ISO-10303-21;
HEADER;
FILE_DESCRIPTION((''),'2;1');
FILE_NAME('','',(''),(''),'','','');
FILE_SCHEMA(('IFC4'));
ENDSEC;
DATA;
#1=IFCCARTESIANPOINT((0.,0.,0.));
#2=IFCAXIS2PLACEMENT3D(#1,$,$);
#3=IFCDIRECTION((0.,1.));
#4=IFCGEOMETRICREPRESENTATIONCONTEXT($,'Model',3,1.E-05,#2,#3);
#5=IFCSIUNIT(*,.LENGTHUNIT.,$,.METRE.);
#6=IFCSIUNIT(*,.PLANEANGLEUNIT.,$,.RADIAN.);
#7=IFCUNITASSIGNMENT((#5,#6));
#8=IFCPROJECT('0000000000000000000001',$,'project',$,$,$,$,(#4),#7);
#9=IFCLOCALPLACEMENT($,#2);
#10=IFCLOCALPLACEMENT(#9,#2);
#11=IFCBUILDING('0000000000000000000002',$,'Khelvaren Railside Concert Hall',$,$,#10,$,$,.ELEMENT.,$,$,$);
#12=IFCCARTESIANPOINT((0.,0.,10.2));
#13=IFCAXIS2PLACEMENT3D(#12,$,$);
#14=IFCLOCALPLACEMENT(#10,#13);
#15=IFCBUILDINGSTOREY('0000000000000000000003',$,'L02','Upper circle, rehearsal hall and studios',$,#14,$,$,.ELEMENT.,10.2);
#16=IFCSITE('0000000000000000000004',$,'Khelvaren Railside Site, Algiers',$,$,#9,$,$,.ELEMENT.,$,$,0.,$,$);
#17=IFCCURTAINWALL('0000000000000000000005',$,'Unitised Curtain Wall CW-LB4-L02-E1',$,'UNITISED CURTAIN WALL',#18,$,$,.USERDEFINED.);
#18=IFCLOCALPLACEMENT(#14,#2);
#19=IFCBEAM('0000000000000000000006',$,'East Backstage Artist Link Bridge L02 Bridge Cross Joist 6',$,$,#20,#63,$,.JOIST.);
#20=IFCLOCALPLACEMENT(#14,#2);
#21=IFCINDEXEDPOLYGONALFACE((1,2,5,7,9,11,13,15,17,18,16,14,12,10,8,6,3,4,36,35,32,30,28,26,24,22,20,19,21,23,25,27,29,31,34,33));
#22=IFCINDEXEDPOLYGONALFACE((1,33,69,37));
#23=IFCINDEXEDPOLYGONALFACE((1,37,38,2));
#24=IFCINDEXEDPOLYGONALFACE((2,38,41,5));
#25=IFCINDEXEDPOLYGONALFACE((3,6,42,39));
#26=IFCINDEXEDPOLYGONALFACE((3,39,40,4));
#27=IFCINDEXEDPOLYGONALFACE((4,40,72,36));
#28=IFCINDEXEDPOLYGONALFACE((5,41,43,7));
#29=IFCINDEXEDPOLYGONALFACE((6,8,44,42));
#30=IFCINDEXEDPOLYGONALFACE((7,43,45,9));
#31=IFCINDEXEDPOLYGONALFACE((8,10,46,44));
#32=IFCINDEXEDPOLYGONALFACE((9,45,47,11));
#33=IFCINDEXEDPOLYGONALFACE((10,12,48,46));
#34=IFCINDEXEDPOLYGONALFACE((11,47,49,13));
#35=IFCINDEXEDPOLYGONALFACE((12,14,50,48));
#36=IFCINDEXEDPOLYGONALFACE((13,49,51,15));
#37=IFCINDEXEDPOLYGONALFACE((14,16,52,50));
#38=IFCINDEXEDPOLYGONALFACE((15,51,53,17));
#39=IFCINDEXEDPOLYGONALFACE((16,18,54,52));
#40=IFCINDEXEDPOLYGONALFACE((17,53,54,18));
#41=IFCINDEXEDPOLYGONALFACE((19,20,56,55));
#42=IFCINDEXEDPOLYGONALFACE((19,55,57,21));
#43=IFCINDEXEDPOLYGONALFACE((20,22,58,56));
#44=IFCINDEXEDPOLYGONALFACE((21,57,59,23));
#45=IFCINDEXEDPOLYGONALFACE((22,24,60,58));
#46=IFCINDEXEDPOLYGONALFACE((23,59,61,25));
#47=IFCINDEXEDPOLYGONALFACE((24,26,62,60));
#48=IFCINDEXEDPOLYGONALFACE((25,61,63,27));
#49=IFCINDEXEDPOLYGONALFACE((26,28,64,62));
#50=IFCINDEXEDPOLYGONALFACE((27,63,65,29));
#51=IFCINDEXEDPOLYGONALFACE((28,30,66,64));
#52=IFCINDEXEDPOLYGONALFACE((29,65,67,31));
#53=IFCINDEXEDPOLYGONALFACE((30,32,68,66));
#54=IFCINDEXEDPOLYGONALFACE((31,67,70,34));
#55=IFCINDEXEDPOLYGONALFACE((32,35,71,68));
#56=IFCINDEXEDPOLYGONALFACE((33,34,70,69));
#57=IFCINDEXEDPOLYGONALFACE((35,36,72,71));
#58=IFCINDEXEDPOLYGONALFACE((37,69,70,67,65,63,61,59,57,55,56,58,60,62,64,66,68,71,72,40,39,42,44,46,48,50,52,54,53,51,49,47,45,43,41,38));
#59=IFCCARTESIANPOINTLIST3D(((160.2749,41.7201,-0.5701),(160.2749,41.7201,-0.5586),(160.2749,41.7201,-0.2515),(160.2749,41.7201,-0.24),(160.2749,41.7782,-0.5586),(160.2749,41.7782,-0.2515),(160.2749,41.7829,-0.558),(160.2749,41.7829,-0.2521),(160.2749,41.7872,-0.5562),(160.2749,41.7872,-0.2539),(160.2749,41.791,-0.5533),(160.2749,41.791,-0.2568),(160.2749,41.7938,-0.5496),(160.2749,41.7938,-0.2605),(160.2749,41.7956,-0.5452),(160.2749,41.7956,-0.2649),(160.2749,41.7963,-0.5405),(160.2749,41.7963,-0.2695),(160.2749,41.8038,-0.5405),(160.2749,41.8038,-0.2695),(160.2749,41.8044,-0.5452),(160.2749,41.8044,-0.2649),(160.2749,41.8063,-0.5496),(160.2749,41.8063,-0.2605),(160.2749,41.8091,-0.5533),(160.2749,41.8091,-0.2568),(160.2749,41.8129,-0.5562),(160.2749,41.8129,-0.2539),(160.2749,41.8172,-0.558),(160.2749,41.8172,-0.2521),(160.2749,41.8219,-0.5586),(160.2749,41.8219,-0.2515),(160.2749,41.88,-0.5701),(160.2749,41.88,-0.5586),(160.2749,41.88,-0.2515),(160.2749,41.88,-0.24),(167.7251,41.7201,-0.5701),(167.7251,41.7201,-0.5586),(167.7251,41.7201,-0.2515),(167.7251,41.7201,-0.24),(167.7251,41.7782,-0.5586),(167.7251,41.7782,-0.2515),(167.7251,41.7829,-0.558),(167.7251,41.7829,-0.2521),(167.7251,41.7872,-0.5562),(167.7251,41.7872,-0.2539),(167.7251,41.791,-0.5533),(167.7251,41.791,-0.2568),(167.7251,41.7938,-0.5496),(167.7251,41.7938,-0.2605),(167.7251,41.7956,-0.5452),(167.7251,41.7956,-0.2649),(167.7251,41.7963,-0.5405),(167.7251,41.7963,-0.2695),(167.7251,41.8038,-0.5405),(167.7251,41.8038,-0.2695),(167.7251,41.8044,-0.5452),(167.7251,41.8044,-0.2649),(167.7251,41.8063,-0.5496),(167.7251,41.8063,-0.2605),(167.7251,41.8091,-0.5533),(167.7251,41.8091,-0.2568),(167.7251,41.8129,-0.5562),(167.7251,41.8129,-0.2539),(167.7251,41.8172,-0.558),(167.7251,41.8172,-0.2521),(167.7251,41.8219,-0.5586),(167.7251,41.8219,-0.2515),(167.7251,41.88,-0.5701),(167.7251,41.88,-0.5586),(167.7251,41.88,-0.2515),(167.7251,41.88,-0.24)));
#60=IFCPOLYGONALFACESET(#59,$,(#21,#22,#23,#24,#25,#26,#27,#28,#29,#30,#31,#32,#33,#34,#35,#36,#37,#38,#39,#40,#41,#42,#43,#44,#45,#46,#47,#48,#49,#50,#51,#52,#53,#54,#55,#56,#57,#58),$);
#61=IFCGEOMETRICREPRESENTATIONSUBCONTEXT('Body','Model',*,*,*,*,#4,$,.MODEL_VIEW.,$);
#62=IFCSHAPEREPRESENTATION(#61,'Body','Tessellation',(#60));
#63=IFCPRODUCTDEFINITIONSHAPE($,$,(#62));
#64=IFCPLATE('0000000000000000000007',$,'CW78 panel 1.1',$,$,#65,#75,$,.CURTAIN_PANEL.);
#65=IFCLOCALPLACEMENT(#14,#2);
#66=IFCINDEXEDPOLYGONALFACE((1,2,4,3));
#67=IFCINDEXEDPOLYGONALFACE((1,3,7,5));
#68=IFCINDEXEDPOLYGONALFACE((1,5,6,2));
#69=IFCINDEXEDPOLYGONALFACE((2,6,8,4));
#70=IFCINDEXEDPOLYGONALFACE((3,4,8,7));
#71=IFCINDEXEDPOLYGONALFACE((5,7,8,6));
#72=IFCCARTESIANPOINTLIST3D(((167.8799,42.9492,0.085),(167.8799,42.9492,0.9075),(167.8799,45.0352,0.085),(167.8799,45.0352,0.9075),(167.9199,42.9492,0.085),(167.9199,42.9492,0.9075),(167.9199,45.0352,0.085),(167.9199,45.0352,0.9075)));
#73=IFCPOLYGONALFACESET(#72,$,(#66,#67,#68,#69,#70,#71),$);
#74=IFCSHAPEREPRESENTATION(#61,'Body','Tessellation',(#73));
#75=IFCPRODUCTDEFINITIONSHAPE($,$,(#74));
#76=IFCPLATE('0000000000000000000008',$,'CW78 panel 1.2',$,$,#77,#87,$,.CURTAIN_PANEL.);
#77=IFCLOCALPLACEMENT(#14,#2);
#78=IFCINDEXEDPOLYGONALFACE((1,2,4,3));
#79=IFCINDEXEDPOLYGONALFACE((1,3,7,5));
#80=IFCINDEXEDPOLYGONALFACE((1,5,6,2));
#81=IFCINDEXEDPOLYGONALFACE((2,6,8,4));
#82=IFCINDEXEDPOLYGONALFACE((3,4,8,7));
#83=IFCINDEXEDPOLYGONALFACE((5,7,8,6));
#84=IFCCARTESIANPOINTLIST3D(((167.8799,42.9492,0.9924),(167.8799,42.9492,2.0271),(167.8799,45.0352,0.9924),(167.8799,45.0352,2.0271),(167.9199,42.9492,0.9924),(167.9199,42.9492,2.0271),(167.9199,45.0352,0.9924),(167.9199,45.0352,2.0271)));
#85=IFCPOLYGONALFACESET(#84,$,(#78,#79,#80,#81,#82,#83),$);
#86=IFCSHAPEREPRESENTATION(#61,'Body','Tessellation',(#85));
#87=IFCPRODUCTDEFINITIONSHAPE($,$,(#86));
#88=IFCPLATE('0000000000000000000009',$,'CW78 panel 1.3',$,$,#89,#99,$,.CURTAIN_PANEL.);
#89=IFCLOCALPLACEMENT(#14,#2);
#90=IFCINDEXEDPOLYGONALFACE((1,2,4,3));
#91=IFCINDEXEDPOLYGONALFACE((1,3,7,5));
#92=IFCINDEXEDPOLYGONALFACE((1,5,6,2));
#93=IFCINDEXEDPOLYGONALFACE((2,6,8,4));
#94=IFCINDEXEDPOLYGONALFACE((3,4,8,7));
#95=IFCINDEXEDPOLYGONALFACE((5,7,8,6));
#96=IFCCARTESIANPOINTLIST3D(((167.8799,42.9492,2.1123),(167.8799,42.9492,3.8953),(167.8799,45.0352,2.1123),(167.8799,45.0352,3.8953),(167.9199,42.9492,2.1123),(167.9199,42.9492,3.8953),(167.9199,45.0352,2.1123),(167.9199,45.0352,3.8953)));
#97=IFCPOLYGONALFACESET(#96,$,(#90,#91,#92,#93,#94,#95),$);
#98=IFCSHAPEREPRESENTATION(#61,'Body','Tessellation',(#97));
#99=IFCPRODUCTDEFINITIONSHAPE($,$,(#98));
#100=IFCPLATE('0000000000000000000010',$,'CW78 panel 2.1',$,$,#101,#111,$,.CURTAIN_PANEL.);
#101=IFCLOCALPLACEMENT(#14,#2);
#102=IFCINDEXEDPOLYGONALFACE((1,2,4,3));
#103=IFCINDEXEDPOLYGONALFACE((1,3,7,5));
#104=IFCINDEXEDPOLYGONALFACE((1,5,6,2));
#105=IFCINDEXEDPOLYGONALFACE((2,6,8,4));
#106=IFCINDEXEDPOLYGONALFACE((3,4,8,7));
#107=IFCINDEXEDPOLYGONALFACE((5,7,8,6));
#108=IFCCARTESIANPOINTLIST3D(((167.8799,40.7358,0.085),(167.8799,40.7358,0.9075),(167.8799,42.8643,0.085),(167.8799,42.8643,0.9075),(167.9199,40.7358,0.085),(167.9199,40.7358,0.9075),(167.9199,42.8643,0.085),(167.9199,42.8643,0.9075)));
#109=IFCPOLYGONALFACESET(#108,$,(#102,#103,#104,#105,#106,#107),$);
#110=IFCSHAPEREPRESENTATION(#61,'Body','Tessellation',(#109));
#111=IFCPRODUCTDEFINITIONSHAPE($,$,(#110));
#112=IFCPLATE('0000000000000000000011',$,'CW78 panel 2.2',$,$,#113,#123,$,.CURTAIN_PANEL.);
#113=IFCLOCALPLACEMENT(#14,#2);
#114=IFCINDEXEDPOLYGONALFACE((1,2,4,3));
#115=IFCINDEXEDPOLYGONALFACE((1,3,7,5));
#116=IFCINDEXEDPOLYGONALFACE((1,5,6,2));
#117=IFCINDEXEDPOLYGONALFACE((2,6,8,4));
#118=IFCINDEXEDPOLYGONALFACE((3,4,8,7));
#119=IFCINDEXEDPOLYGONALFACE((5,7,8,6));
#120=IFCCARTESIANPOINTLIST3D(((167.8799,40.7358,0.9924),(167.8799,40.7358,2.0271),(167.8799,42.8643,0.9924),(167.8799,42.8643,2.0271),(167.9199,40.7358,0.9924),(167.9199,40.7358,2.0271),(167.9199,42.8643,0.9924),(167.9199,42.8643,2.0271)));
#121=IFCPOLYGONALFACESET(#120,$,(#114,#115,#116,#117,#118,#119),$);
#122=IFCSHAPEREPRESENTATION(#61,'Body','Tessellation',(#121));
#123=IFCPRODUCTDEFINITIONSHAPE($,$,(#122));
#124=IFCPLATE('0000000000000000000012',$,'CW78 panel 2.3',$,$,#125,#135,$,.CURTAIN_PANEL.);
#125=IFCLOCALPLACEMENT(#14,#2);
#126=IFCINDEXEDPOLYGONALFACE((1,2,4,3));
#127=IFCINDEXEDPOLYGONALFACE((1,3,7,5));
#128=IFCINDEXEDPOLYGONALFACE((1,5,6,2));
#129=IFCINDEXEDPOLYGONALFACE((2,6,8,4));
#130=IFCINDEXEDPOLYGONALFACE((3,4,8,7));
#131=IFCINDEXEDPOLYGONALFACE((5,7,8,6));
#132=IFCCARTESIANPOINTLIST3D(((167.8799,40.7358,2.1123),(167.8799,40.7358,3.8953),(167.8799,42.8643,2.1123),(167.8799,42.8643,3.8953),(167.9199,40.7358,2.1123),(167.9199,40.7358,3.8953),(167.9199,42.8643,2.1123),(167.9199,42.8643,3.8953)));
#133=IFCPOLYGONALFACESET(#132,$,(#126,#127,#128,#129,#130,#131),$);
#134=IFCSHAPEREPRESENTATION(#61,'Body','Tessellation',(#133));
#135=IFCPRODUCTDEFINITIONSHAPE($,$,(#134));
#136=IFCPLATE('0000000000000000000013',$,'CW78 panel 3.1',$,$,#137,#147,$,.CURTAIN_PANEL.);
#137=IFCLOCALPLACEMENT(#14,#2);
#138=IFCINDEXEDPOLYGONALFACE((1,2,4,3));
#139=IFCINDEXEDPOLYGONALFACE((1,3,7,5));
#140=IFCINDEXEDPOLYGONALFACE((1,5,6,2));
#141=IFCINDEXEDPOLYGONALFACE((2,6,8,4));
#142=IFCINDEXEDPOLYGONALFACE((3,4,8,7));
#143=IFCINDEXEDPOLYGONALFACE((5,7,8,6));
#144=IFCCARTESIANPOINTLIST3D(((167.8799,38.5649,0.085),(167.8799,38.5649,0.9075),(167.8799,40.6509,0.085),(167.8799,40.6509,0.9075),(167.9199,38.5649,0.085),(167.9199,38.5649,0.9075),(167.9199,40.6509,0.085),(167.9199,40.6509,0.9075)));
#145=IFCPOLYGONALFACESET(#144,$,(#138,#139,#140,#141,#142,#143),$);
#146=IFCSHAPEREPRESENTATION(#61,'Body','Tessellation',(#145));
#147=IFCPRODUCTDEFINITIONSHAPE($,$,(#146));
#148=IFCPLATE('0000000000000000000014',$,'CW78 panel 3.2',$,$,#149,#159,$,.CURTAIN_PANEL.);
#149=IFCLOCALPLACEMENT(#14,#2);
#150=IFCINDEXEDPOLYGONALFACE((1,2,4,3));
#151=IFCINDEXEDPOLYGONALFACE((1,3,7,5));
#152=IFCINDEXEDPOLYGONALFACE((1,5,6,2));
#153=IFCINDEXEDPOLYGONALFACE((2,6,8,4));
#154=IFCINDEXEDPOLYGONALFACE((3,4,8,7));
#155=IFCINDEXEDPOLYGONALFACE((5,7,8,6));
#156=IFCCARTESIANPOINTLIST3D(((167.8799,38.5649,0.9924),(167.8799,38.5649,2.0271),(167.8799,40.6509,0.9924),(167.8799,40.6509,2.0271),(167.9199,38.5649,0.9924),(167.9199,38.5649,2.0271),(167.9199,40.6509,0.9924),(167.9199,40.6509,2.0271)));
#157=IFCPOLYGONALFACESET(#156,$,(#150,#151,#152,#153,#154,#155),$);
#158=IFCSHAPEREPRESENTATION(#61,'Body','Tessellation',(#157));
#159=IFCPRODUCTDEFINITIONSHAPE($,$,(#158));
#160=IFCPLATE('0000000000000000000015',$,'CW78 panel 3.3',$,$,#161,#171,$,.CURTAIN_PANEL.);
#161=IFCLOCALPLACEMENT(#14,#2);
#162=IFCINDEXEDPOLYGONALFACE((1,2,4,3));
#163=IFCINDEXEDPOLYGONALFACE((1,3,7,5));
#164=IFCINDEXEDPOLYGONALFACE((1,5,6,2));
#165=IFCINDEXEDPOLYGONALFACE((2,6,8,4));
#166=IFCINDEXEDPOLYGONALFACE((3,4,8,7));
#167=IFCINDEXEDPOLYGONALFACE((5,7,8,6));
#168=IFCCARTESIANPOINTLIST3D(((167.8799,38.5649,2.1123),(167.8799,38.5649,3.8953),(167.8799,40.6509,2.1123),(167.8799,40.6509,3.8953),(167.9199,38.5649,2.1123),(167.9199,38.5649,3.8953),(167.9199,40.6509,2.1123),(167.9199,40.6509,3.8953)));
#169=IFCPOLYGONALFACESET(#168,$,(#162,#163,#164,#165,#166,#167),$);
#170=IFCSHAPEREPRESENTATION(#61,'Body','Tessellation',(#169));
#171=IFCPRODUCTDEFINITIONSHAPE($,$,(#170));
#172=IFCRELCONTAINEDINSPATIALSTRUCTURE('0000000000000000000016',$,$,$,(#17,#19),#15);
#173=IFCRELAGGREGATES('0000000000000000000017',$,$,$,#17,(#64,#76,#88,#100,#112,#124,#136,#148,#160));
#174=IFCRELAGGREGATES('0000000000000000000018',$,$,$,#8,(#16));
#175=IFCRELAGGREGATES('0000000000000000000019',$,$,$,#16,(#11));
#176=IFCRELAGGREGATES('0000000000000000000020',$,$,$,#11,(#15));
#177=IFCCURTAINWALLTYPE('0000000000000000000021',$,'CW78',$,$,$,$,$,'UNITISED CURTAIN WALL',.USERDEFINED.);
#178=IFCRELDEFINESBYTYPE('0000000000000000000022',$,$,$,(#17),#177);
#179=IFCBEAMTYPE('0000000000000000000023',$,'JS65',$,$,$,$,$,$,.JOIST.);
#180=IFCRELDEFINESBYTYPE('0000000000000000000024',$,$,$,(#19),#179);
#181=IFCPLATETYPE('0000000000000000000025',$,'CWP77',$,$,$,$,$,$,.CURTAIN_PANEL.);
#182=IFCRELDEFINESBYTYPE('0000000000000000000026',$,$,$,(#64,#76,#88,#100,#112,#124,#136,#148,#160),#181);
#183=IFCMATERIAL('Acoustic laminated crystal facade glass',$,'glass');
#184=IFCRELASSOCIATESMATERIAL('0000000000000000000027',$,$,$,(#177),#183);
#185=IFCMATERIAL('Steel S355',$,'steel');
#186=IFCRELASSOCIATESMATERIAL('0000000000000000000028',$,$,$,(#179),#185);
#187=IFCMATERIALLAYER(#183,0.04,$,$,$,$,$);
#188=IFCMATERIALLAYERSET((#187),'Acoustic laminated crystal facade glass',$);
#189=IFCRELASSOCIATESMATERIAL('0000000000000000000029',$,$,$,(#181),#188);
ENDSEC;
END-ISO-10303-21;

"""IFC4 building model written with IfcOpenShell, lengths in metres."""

from ifc_helpers import new_model, si_unit, direction, frame, origin, origin_2d, place, context, subcontext, project, spatial, rectangle, i_section, extrude, material, layer, layer_set, material_profile, profile_set, type_object, element, aggregate, save


model = new_model("IFC4")

# Units and contexts
model_context = context("Model", 3, precision=1e-05, world=origin(), true_north=direction((0.0, 1.0)))
body_context = subcontext(model_context, "Body", "Model", "MODEL_VIEW")
ifc_project = project(units=[si_unit("LENGTHUNIT", "METRE"), si_unit("PLANEANGLEUNIT", "RADIAN")], contexts=[model_context])

# Site, building, storey
site_placement = place(None, origin())
site = spatial("IfcSite", under=ifc_project, at=site_placement, Name="Khelvaren Railside Site, Algiers", CompositionType="ELEMENT", RefElevation=0.0)
building_placement = place(site_placement, origin())
building = spatial("IfcBuilding", under=site, at=building_placement, Name="Khelvaren Railside Concert Hall", CompositionType="ELEMENT")
storey_placement = place(building_placement, frame((0.0, 0.0, 10.2)))
storey = spatial("IfcBuildingStorey", under=building, at=storey_placement, Name="L02", Description="Upper circle, rehearsal hall and studios", CompositionType="ELEMENT", Elevation=10.2)

# Curtain wall
ifc_material_1 = material(Name="Acoustic laminated crystal facade glass", Category="glass")
curtain_wall_type = type_object("IfcCurtainWallType", Name="CW78", ElementType="UNITISED CURTAIN WALL", PredefinedType="USERDEFINED", material=ifc_material_1)
curtain_wall_placement = place(storey_placement, origin())
curtain_wall = element("IfcCurtainWall", 1, at=curtain_wall_placement, inside=storey, type_object=curtain_wall_type, Name="Unitised Curtain Wall CW-LB4-L02-E1", ObjectType="UNITISED CURTAIN WALL", PredefinedType="USERDEFINED")

# Beam
ifc_material_2 = material(Name="Steel S355", Category="steel")
ifc_material_profile_1 = material_profile(ifc_material_2, i_section(OverallWidth=0.1599, OverallDepth=0.3301, WebThickness=0.0076, FlangeThickness=0.0115, FilletRadius=0.0181, at=origin_2d()), Name="IPE 330")
ifc_profile_set_1 = profile_set([ifc_material_profile_1], Name="Steel S355")
beam_type = type_object("IfcBeamType", Name="JS65", PredefinedType="JOIST", material=ifc_profile_set_1)
for number, where, z_axis, x_axis, name in (
    (2, (160.2749, 41.8, -0.405), (1.0, 0.0, 0.0), (0.0, 1.0, 0.0), "East Backstage Artist Link Bridge L02 Bridge Cross Joist 6"),
):
    element("IfcBeam", number, at=place(storey_placement, frame(where, z_axis=z_axis, x_axis=x_axis)), inside=storey, type_object=beam_type, Name=name, PredefinedType="JOIST", context=body_context, shape_type="SweptSolid", body=[
        extrude(i_section(OverallWidth=0.1599, OverallDepth=0.3301, WebThickness=0.0076, FlangeThickness=0.0115, FilletRadius=0.0181, at=origin_2d()), origin(), (0.0, 0.0, 1.0), 7.4502),
    ])

# Plates
ifc_layer = layer(ifc_material_1, 0.04)
ifc_layer_set = layer_set([ifc_layer], Name="Acoustic laminated crystal facade glass")
plate_type = type_object("IfcPlateType", Name="CWP77", PredefinedType="CURTAIN_PANEL", material=ifc_layer_set)
plate_1_placement = place(storey_placement, frame((167.8999, 43.9922, 0.085), z_axis=(0.0, 0.0, 1.0), x_axis=(0.0, -1.0, 0.0)))
plate_1 = element("IfcPlate", 3, at=plate_1_placement, type_object=plate_type, Name="CW78 panel 1.1", PredefinedType="CURTAIN_PANEL", context=body_context, shape_type="SweptSolid", body=[
    extrude(rectangle(XDim=2.0859, YDim=0.04, at=origin_2d()), origin(), (0.0, 0.0, 1.0), 0.8225),
])
plate_2_placement = place(storey_placement, frame((167.8999, 43.9922, 0.9924), z_axis=(0.0, 0.0, 1.0), x_axis=(0.0, -1.0, 0.0)))
plate_2 = element("IfcPlate", 4, at=plate_2_placement, type_object=plate_type, Name="CW78 panel 1.2", PredefinedType="CURTAIN_PANEL", context=body_context, shape_type="SweptSolid", body=[
    extrude(rectangle(XDim=2.0859, YDim=0.04, at=origin_2d()), origin(), (0.0, 0.0, 1.0), 1.0347),
])
plate_3_placement = place(storey_placement, frame((167.8999, 43.9922, 2.1123), z_axis=(0.0, 0.0, 1.0), x_axis=(0.0, -1.0, 0.0)))
plate_3 = element("IfcPlate", 5, at=plate_3_placement, type_object=plate_type, Name="CW78 panel 1.3", PredefinedType="CURTAIN_PANEL", context=body_context, shape_type="SweptSolid", body=[
    extrude(rectangle(XDim=2.0859, YDim=0.04, at=origin_2d()), origin(), (0.0, 0.0, 1.0), 1.783),
])
plate_4_placement = place(storey_placement, frame((167.8999, 41.8, 0.085), z_axis=(0.0, 0.0, 1.0), x_axis=(0.0, -1.0, 0.0)))
plate_4 = element("IfcPlate", 6, at=plate_4_placement, type_object=plate_type, Name="CW78 panel 2.1", PredefinedType="CURTAIN_PANEL", context=body_context, shape_type="SweptSolid", body=[
    extrude(rectangle(XDim=2.1284, YDim=0.04, at=origin_2d()), origin(), (0.0, 0.0, 1.0), 0.8225),
])
plate_5_placement = place(storey_placement, frame((167.8999, 41.8, 0.9924), z_axis=(0.0, 0.0, 1.0), x_axis=(0.0, -1.0, 0.0)))
plate_5 = element("IfcPlate", 7, at=plate_5_placement, type_object=plate_type, Name="CW78 panel 2.2", PredefinedType="CURTAIN_PANEL", context=body_context, shape_type="SweptSolid", body=[
    extrude(rectangle(XDim=2.1284, YDim=0.04, at=origin_2d()), origin(), (0.0, 0.0, 1.0), 1.0347),
])
plate_6_placement = place(storey_placement, frame((167.8999, 41.8, 2.1123), z_axis=(0.0, 0.0, 1.0), x_axis=(0.0, -1.0, 0.0)))
plate_6 = element("IfcPlate", 8, at=plate_6_placement, type_object=plate_type, Name="CW78 panel 2.3", PredefinedType="CURTAIN_PANEL", context=body_context, shape_type="SweptSolid", body=[
    extrude(rectangle(XDim=2.1284, YDim=0.04, at=origin_2d()), origin(), (0.0, 0.0, 1.0), 1.783),
])
plate_7_placement = place(storey_placement, frame((167.8999, 39.6079, 0.085), z_axis=(0.0, 0.0, 1.0), x_axis=(0.0, -1.0, 0.0)))
plate_7 = element("IfcPlate", 9, at=plate_7_placement, type_object=plate_type, Name="CW78 panel 3.1", PredefinedType="CURTAIN_PANEL", context=body_context, shape_type="SweptSolid", body=[
    extrude(rectangle(XDim=2.0859, YDim=0.04, at=origin_2d()), origin(), (0.0, 0.0, 1.0), 0.8225),
])
plate_8_placement = place(storey_placement, frame((167.8999, 39.6079, 0.9924), z_axis=(0.0, 0.0, 1.0), x_axis=(0.0, -1.0, 0.0)))
plate_8 = element("IfcPlate", 10, at=plate_8_placement, type_object=plate_type, Name="CW78 panel 3.2", PredefinedType="CURTAIN_PANEL", context=body_context, shape_type="SweptSolid", body=[
    extrude(rectangle(XDim=2.0859, YDim=0.04, at=origin_2d()), origin(), (0.0, 0.0, 1.0), 1.0347),
])
plate_9_placement = place(storey_placement, frame((167.8999, 39.6079, 2.1123), z_axis=(0.0, 0.0, 1.0), x_axis=(0.0, -1.0, 0.0)))
plate_9 = element("IfcPlate", 11, at=plate_9_placement, type_object=plate_type, Name="CW78 panel 3.3", PredefinedType="CURTAIN_PANEL", context=body_context, shape_type="SweptSolid", body=[
    extrude(rectangle(XDim=2.0859, YDim=0.04, at=origin_2d()), origin(), (0.0, 0.0, 1.0), 1.783),
])
aggregate(curtain_wall, [plate_1, plate_2, plate_3, plate_4, plate_5, plate_6, plate_7, plate_8, plate_9])

save(model, "model.ifc")
